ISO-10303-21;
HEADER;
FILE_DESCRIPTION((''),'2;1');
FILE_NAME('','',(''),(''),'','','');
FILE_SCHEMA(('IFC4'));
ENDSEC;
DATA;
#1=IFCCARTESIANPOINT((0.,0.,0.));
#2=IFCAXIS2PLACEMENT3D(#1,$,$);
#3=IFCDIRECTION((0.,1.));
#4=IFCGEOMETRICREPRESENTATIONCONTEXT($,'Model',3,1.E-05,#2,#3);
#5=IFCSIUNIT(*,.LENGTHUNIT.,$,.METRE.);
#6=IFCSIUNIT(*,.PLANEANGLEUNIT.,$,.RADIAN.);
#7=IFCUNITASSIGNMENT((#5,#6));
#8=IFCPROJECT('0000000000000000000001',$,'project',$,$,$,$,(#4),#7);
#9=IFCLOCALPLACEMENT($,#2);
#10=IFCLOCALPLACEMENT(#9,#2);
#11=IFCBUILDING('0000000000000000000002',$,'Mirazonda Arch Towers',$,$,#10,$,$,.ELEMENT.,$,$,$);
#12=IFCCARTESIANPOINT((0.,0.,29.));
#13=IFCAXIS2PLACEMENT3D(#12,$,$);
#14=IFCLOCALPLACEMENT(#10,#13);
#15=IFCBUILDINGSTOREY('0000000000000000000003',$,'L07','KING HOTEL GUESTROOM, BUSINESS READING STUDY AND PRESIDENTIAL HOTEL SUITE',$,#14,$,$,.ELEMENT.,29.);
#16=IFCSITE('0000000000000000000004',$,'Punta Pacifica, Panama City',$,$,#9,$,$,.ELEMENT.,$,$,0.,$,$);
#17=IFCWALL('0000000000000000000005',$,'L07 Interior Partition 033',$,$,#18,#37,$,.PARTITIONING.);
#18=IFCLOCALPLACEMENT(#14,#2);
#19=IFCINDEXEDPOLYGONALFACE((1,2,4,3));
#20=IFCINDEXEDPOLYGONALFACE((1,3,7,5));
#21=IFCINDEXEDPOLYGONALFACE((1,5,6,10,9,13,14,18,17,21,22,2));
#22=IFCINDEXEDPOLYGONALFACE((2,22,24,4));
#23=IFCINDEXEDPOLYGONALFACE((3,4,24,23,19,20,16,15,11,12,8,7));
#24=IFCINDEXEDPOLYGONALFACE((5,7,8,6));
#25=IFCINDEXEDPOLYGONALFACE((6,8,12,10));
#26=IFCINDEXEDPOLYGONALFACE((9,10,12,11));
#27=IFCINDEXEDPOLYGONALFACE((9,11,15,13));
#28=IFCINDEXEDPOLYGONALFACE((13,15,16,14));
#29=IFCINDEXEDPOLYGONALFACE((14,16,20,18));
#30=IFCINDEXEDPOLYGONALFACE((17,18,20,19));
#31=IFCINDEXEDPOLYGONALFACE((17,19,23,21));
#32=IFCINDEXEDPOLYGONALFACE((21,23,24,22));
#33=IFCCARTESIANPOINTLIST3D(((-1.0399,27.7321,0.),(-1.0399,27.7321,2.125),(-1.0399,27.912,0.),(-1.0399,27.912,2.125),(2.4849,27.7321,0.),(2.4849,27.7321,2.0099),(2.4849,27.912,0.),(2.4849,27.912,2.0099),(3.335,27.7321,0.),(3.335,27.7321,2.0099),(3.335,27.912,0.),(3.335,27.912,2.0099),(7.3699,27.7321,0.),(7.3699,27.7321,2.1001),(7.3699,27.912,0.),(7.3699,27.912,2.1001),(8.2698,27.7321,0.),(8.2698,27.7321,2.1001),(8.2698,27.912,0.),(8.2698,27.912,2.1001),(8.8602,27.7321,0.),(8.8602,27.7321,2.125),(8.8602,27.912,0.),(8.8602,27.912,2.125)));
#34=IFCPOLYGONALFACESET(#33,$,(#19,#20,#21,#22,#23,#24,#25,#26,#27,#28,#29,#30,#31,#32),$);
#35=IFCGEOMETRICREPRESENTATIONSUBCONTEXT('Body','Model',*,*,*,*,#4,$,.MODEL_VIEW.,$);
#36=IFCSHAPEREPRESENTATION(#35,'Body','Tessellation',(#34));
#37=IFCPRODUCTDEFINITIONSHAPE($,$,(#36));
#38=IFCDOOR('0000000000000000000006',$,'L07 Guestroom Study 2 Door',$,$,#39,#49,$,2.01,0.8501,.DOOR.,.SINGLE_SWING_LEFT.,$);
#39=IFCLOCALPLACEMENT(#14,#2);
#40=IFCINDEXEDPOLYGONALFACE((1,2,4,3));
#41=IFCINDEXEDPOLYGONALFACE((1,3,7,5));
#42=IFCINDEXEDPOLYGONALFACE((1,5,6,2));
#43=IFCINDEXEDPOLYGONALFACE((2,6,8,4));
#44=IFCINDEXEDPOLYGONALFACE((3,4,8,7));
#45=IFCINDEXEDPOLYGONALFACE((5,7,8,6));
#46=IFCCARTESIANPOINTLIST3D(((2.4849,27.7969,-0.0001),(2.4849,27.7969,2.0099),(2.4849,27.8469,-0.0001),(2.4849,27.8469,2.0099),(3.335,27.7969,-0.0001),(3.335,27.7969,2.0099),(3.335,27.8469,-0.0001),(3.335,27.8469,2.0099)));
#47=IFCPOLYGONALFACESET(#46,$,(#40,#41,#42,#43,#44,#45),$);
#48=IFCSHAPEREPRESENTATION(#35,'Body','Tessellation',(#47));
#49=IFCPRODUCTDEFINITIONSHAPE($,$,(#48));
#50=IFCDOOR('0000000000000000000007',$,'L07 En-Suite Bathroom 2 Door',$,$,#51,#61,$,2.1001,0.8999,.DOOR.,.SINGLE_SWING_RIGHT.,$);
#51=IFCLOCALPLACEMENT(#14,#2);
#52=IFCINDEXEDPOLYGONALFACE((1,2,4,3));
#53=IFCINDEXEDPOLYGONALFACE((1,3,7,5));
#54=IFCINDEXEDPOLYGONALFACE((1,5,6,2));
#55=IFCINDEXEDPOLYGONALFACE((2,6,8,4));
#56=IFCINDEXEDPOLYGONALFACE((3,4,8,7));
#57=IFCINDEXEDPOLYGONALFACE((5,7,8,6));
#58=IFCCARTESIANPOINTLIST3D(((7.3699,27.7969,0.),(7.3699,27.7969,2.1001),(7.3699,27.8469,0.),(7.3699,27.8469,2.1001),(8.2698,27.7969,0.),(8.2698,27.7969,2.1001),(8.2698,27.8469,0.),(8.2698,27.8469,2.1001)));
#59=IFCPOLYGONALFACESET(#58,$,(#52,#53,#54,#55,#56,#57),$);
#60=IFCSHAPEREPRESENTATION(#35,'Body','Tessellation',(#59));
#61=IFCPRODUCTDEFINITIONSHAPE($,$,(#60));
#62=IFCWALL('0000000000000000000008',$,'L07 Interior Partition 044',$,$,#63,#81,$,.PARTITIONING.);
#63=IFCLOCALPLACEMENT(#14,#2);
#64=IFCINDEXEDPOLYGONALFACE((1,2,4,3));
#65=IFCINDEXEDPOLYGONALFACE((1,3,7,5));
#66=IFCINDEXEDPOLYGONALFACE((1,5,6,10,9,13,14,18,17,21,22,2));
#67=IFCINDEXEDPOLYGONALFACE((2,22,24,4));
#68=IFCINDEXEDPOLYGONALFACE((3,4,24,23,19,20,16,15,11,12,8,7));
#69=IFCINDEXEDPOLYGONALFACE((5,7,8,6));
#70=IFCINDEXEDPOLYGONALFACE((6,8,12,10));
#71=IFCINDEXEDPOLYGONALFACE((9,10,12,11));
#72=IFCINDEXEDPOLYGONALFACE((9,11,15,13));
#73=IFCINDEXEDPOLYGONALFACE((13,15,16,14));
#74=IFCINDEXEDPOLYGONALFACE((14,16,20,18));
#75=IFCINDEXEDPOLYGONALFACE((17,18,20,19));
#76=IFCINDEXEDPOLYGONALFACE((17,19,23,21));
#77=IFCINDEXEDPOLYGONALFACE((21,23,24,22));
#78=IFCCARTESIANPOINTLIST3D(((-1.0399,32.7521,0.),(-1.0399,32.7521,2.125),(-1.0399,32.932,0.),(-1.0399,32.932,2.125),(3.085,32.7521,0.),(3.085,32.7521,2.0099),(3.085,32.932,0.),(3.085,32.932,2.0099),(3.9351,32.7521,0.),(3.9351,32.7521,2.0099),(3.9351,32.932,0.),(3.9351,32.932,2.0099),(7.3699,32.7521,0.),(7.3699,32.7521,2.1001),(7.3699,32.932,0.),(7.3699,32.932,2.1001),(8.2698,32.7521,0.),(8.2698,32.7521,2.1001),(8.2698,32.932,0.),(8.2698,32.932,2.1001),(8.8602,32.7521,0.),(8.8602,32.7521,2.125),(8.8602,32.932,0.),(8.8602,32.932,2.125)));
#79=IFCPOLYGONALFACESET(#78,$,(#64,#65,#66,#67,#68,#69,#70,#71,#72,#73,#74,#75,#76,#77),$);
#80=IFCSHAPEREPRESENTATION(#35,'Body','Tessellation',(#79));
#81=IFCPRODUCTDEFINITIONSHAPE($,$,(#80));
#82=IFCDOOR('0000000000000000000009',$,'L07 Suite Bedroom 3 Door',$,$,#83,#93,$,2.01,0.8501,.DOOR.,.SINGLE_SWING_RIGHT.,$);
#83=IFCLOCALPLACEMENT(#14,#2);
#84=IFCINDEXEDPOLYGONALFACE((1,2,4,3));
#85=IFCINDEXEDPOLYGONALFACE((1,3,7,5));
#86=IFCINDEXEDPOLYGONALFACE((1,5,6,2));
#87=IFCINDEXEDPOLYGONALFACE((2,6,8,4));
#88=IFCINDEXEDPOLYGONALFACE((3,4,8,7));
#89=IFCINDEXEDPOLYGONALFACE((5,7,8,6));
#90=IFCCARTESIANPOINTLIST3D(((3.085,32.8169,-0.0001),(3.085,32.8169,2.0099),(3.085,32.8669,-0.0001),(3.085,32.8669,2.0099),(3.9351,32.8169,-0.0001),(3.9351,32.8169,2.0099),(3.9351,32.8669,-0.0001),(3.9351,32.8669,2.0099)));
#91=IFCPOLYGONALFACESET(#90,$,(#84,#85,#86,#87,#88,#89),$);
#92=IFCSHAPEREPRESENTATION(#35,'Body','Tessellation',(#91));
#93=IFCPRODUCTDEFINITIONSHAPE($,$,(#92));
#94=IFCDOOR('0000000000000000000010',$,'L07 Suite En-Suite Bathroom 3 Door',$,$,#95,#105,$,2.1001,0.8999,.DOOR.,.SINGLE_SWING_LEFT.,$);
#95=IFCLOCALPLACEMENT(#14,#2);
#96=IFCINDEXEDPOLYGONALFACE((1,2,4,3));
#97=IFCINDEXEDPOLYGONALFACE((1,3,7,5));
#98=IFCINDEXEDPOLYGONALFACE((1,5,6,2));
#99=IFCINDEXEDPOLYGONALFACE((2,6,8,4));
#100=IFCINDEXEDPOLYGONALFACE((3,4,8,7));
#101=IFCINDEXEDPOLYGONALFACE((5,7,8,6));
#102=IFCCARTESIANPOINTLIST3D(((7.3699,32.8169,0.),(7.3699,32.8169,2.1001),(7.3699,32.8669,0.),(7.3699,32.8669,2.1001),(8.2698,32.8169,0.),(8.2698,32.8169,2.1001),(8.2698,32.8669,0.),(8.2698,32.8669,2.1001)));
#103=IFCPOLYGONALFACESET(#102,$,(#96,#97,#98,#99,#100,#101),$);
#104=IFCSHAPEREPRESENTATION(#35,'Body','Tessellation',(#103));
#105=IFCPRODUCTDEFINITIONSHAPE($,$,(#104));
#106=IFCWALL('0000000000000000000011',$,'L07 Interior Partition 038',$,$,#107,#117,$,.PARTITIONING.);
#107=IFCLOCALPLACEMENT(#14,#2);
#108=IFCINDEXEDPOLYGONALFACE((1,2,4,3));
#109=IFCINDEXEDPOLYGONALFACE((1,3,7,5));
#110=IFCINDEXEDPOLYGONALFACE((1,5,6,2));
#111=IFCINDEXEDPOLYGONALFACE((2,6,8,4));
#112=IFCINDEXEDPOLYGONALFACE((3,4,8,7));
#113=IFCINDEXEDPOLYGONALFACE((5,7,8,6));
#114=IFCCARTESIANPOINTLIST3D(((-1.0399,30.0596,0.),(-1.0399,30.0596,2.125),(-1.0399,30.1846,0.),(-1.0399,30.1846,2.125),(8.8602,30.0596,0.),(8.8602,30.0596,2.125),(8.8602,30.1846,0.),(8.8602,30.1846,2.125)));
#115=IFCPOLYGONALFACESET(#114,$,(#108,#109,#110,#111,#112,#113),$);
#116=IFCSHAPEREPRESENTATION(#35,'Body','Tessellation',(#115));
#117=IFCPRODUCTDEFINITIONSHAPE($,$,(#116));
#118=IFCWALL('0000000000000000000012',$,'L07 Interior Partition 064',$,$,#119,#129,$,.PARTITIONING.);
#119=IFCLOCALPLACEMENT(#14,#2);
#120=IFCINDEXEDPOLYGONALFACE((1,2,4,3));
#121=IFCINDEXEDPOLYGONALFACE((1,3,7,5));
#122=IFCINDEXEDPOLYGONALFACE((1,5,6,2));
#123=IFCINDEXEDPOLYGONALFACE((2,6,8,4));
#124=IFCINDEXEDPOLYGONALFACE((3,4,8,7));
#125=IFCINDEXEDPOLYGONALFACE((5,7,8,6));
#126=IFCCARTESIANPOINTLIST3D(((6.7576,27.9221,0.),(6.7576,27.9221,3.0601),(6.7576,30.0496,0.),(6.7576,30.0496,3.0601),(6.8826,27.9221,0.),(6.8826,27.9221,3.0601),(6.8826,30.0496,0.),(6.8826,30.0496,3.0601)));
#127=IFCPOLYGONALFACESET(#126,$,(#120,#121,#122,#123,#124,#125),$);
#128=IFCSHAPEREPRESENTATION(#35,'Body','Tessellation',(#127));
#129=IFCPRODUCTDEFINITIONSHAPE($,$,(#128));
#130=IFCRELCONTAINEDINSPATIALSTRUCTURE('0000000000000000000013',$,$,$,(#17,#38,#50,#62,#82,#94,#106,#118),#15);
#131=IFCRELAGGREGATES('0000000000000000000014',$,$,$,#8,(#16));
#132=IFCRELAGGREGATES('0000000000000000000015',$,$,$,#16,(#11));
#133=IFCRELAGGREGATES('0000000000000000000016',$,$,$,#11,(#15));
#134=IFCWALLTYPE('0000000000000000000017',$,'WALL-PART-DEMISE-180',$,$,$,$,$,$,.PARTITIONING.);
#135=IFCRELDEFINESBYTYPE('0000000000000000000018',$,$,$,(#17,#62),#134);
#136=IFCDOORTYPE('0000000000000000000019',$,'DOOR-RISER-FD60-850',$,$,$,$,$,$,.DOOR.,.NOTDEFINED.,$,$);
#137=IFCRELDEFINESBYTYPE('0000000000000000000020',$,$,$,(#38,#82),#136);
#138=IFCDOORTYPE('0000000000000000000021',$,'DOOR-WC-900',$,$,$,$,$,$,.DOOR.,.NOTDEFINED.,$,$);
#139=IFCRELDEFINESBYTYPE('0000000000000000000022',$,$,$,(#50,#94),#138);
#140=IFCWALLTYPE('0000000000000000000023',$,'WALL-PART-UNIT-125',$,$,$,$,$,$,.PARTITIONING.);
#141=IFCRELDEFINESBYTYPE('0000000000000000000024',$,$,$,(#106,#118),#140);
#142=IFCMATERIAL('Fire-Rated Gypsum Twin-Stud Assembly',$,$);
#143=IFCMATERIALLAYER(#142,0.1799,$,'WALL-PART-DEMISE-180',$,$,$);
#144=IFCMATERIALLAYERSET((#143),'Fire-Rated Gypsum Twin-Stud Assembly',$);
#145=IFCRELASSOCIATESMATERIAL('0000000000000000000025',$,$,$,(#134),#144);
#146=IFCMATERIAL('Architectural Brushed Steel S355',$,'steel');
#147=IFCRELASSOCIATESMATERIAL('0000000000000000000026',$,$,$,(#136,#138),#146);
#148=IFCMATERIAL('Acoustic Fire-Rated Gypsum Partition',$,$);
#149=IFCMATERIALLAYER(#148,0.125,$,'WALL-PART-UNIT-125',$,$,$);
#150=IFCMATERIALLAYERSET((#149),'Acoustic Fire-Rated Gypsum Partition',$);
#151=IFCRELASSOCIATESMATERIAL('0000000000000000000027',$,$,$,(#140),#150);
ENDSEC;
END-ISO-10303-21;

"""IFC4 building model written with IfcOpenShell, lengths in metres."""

from ifc_helpers import new_model, si_unit, direction, frame, frame_2d, origin, place, context, subcontext, project, spatial, rectangle, extrude, material, layer, layer_set, type_object, element, fill, save


model = new_model("IFC4")

# Units and contexts
model_context = context("Model", 3, precision=1e-05, world=origin(), true_north=direction((0.0, 1.0)))
body_context = subcontext(model_context, "Body", "Model", "MODEL_VIEW")
ifc_project = project(units=[si_unit("LENGTHUNIT", "METRE"), si_unit("PLANEANGLEUNIT", "RADIAN")], contexts=[model_context])

# Site, building, storey
site_placement = place(None, origin())
site = spatial("IfcSite", under=ifc_project, at=site_placement, Name="Punta Pacifica, Panama City", CompositionType="ELEMENT", RefElevation=0.0)
building_placement = place(site_placement, origin())
building = spatial("IfcBuilding", under=site, at=building_placement, Name="Mirazonda Arch Towers", CompositionType="ELEMENT")
storey_placement = place(building_placement, frame((0.0, 0.0, 29.0)))
storey = spatial("IfcBuildingStorey", under=building, at=storey_placement, Name="L07", Description="KING HOTEL GUESTROOM, BUSINESS READING STUDY AND PRESIDENTIAL HOTEL SUITE", CompositionType="ELEMENT", Elevation=29.0)

# Walls, openings, doors
ifc_material_1 = material(Name="Fire-Rated Gypsum Twin-Stud Assembly")
ifc_layer_1 = layer(ifc_material_1, 0.1799, Name="WALL-PART-DEMISE-180")
ifc_layer_set_1 = layer_set([ifc_layer_1], Name="Fire-Rated Gypsum Twin-Stud Assembly")
wall_type_1 = type_object("IfcWallType", Name="WALL-PART-DEMISE-180", PredefinedType="PARTITIONING", material=ifc_layer_set_1)
wall_1_placement = place(storey_placement, frame((-1.04, 27.822, 0.0), z_axis=(0.0, 0.0, 1.0), x_axis=(1.0, 0.0, 0.0)))
wall_1 = element("IfcWall", 1, at=wall_1_placement, inside=storey, type_object=wall_type_1, Name="L07 Interior Partition 033", PredefinedType="PARTITIONING", context=body_context, shape_type="SweptSolid", body=[
    extrude(rectangle(XDim=9.9001, YDim=0.1799, at=frame_2d((4.9502, 0.0))), origin(), (0.0, 0.0, 1.0), 2.125),
])
opening_1_placement = place(wall_1_placement, frame((3.5249, 0.0, 0.0)))
opening_1 = element("IfcOpeningElement", 2, at=opening_1_placement, cuts=wall_1, PredefinedType="OPENING", context=body_context, shape_type="SweptSolid", body=[
    extrude(rectangle(XDim=0.8501, YDim=2.01, at=frame_2d((0.425, 1.0049))), frame((0.0, 0.0999, 0.0), z_axis=(0.0, -1.0, 0.0), x_axis=(1.0, 0.0, 0.0)), (0.0, 0.0, 1.0), 0.2),
])
opening_2_placement = place(wall_1_placement, frame((8.4099, 0.0, 0.0)))
opening_2 = element("IfcOpeningElement", 3, at=opening_2_placement, cuts=wall_1, PredefinedType="OPENING", context=body_context, shape_type="SweptSolid", body=[
    extrude(rectangle(XDim=0.8999, YDim=2.1001, at=frame_2d((0.45, 1.05))), frame((0.0, 0.0999, 0.0), z_axis=(0.0, -1.0, 0.0), x_axis=(1.0, 0.0, 0.0)), (0.0, 0.0, 1.0), 0.2),
])
ifc_material_2 = material(Name="Architectural Brushed Steel S355", Category="steel")
door_type_1 = type_object("IfcDoorType", Name="DOOR-RISER-FD60-850", OperationType="NOTDEFINED", PredefinedType="DOOR", material=ifc_material_2)
door_1_placement = place(opening_1_placement, origin())
door_1 = element("IfcDoor", 4, at=door_1_placement, inside=storey, type_object=door_type_1, Name="L07 Guestroom Study 2 Door", OperationType="SINGLE_SWING_LEFT", OverallHeight=2.01, OverallWidth=0.8501, PredefinedType="DOOR", context=body_context, shape_type="SweptSolid", body=[
    extrude(rectangle(XDim=0.8501, YDim=2.01, at=frame_2d((0.425, 1.0049))), frame((0.0, 0.0249, 0.0), z_axis=(0.0, -1.0, 0.0), x_axis=(1.0, 0.0, 0.0)), (0.0, 0.0, 1.0), 0.05),
])
fill(opening_1, door_1)
door_type_2 = type_object("IfcDoorType", Name="DOOR-WC-900", OperationType="NOTDEFINED", PredefinedType="DOOR", material=ifc_material_2)
door_2_placement = place(opening_2_placement, origin())
door_2 = element("IfcDoor", 5, at=door_2_placement, inside=storey, type_object=door_type_2, Name="L07 En-Suite Bathroom 2 Door", OperationType="SINGLE_SWING_RIGHT", OverallHeight=2.1001, OverallWidth=0.8999, PredefinedType="DOOR", context=body_context, shape_type="SweptSolid", body=[
    extrude(rectangle(XDim=0.8999, YDim=2.1001, at=frame_2d((0.45, 1.05))), frame((0.0, 0.0249, 0.0), z_axis=(0.0, -1.0, 0.0), x_axis=(1.0, 0.0, 0.0)), (0.0, 0.0, 1.0), 0.05),
])
fill(opening_2, door_2)
wall_2_placement = place(storey_placement, frame((-1.04, 32.842, 0.0), z_axis=(0.0, 0.0, 1.0), x_axis=(1.0, 0.0, 0.0)))
wall_2 = element("IfcWall", 6, at=wall_2_placement, inside=storey, type_object=wall_type_1, Name="L07 Interior Partition 044", PredefinedType="PARTITIONING", context=body_context, shape_type="SweptSolid", body=[
    extrude(rectangle(XDim=9.9001, YDim=0.1799, at=frame_2d((4.9502, 0.0))), origin(), (0.0, 0.0, 1.0), 2.125),
])
opening_3_placement = place(wall_2_placement, frame((4.125, 0.0, 0.0)))
opening_3 = element("IfcOpeningElement", 7, at=opening_3_placement, cuts=wall_2, PredefinedType="OPENING", context=body_context, shape_type="SweptSolid", body=[
    extrude(rectangle(XDim=0.8501, YDim=2.01, at=frame_2d((0.425, 1.0049))), frame((0.0, 0.0999, 0.0), z_axis=(0.0, -1.0, 0.0), x_axis=(1.0, 0.0, 0.0)), (0.0, 0.0, 1.0), 0.2),
])
opening_4_placement = place(wall_2_placement, frame((8.4099, 0.0, 0.0)))
opening_4 = element("IfcOpeningElement", 8, at=opening_4_placement, cuts=wall_2, PredefinedType="OPENING", context=body_context, shape_type="SweptSolid", body=[
    extrude(rectangle(XDim=0.8999, YDim=2.1001, at=frame_2d((0.45, 1.05))), frame((0.0, 0.0999, 0.0), z_axis=(0.0, -1.0, 0.0), x_axis=(1.0, 0.0, 0.0)), (0.0, 0.0, 1.0), 0.2),
])
door_3_placement = place(opening_3_placement, origin())
door_3 = element("IfcDoor", 9, at=door_3_placement, inside=storey, type_object=door_type_1, Name="L07 Suite Bedroom 3 Door", OperationType="SINGLE_SWING_RIGHT", OverallHeight=2.01, OverallWidth=0.8501, PredefinedType="DOOR", context=body_context, shape_type="SweptSolid", body=[
    extrude(rectangle(XDim=0.8501, YDim=2.01, at=frame_2d((0.425, 1.0049))), frame((0.0, 0.0249, 0.0), z_axis=(0.0, -1.0, 0.0), x_axis=(1.0, 0.0, 0.0)), (0.0, 0.0, 1.0), 0.05),
])
fill(opening_3, door_3)
door_4_placement = place(opening_4_placement, origin())
door_4 = element("IfcDoor", 10, at=door_4_placement, inside=storey, type_object=door_type_2, Name="L07 Suite En-Suite Bathroom 3 Door", OperationType="SINGLE_SWING_LEFT", OverallHeight=2.1001, OverallWidth=0.8999, PredefinedType="DOOR", context=body_context, shape_type="SweptSolid", body=[
    extrude(rectangle(XDim=0.8999, YDim=2.1001, at=frame_2d((0.45, 1.05))), frame((0.0, 0.0249, 0.0), z_axis=(0.0, -1.0, 0.0), x_axis=(1.0, 0.0, 0.0)), (0.0, 0.0, 1.0), 0.05),
])
fill(opening_4, door_4)

# Walls
ifc_material_3 = material(Name="Acoustic Fire-Rated Gypsum Partition")
ifc_layer_2 = layer(ifc_material_3, 0.125, Name="WALL-PART-UNIT-125")
ifc_layer_set_2 = layer_set([ifc_layer_2], Name="Acoustic Fire-Rated Gypsum Partition")
wall_type_2 = type_object("IfcWallType", Name="WALL-PART-UNIT-125", PredefinedType="PARTITIONING", material=ifc_layer_set_2)
wall_3_placement = place(storey_placement, frame((-1.04, 30.1221, 0.0), z_axis=(0.0, 0.0, 1.0), x_axis=(1.0, 0.0, 0.0)))
element("IfcWall", 11, at=wall_3_placement, inside=storey, type_object=wall_type_2, Name="L07 Interior Partition 038", PredefinedType="PARTITIONING", context=body_context, shape_type="SweptSolid", body=[
    extrude(rectangle(XDim=9.9001, YDim=0.125, at=frame_2d((4.9502, 0.0))), origin(), (0.0, 0.0, 1.0), 2.125),
])
wall_4_placement = place(storey_placement, frame((6.8201, 27.9221, 0.0), z_axis=(0.0, 0.0, 1.0), x_axis=(0.0, 1.0, 0.0)))
element("IfcWall", 12, at=wall_4_placement, inside=storey, type_object=wall_type_2, Name="L07 Interior Partition 064", PredefinedType="PARTITIONING", context=body_context, shape_type="SweptSolid", body=[
    extrude(rectangle(XDim=2.1274, YDim=0.125, at=frame_2d((1.0637, 0.0))), origin(), (0.0, 0.0, 1.0), 3.0601),
])

save(model, "model.ifc")
